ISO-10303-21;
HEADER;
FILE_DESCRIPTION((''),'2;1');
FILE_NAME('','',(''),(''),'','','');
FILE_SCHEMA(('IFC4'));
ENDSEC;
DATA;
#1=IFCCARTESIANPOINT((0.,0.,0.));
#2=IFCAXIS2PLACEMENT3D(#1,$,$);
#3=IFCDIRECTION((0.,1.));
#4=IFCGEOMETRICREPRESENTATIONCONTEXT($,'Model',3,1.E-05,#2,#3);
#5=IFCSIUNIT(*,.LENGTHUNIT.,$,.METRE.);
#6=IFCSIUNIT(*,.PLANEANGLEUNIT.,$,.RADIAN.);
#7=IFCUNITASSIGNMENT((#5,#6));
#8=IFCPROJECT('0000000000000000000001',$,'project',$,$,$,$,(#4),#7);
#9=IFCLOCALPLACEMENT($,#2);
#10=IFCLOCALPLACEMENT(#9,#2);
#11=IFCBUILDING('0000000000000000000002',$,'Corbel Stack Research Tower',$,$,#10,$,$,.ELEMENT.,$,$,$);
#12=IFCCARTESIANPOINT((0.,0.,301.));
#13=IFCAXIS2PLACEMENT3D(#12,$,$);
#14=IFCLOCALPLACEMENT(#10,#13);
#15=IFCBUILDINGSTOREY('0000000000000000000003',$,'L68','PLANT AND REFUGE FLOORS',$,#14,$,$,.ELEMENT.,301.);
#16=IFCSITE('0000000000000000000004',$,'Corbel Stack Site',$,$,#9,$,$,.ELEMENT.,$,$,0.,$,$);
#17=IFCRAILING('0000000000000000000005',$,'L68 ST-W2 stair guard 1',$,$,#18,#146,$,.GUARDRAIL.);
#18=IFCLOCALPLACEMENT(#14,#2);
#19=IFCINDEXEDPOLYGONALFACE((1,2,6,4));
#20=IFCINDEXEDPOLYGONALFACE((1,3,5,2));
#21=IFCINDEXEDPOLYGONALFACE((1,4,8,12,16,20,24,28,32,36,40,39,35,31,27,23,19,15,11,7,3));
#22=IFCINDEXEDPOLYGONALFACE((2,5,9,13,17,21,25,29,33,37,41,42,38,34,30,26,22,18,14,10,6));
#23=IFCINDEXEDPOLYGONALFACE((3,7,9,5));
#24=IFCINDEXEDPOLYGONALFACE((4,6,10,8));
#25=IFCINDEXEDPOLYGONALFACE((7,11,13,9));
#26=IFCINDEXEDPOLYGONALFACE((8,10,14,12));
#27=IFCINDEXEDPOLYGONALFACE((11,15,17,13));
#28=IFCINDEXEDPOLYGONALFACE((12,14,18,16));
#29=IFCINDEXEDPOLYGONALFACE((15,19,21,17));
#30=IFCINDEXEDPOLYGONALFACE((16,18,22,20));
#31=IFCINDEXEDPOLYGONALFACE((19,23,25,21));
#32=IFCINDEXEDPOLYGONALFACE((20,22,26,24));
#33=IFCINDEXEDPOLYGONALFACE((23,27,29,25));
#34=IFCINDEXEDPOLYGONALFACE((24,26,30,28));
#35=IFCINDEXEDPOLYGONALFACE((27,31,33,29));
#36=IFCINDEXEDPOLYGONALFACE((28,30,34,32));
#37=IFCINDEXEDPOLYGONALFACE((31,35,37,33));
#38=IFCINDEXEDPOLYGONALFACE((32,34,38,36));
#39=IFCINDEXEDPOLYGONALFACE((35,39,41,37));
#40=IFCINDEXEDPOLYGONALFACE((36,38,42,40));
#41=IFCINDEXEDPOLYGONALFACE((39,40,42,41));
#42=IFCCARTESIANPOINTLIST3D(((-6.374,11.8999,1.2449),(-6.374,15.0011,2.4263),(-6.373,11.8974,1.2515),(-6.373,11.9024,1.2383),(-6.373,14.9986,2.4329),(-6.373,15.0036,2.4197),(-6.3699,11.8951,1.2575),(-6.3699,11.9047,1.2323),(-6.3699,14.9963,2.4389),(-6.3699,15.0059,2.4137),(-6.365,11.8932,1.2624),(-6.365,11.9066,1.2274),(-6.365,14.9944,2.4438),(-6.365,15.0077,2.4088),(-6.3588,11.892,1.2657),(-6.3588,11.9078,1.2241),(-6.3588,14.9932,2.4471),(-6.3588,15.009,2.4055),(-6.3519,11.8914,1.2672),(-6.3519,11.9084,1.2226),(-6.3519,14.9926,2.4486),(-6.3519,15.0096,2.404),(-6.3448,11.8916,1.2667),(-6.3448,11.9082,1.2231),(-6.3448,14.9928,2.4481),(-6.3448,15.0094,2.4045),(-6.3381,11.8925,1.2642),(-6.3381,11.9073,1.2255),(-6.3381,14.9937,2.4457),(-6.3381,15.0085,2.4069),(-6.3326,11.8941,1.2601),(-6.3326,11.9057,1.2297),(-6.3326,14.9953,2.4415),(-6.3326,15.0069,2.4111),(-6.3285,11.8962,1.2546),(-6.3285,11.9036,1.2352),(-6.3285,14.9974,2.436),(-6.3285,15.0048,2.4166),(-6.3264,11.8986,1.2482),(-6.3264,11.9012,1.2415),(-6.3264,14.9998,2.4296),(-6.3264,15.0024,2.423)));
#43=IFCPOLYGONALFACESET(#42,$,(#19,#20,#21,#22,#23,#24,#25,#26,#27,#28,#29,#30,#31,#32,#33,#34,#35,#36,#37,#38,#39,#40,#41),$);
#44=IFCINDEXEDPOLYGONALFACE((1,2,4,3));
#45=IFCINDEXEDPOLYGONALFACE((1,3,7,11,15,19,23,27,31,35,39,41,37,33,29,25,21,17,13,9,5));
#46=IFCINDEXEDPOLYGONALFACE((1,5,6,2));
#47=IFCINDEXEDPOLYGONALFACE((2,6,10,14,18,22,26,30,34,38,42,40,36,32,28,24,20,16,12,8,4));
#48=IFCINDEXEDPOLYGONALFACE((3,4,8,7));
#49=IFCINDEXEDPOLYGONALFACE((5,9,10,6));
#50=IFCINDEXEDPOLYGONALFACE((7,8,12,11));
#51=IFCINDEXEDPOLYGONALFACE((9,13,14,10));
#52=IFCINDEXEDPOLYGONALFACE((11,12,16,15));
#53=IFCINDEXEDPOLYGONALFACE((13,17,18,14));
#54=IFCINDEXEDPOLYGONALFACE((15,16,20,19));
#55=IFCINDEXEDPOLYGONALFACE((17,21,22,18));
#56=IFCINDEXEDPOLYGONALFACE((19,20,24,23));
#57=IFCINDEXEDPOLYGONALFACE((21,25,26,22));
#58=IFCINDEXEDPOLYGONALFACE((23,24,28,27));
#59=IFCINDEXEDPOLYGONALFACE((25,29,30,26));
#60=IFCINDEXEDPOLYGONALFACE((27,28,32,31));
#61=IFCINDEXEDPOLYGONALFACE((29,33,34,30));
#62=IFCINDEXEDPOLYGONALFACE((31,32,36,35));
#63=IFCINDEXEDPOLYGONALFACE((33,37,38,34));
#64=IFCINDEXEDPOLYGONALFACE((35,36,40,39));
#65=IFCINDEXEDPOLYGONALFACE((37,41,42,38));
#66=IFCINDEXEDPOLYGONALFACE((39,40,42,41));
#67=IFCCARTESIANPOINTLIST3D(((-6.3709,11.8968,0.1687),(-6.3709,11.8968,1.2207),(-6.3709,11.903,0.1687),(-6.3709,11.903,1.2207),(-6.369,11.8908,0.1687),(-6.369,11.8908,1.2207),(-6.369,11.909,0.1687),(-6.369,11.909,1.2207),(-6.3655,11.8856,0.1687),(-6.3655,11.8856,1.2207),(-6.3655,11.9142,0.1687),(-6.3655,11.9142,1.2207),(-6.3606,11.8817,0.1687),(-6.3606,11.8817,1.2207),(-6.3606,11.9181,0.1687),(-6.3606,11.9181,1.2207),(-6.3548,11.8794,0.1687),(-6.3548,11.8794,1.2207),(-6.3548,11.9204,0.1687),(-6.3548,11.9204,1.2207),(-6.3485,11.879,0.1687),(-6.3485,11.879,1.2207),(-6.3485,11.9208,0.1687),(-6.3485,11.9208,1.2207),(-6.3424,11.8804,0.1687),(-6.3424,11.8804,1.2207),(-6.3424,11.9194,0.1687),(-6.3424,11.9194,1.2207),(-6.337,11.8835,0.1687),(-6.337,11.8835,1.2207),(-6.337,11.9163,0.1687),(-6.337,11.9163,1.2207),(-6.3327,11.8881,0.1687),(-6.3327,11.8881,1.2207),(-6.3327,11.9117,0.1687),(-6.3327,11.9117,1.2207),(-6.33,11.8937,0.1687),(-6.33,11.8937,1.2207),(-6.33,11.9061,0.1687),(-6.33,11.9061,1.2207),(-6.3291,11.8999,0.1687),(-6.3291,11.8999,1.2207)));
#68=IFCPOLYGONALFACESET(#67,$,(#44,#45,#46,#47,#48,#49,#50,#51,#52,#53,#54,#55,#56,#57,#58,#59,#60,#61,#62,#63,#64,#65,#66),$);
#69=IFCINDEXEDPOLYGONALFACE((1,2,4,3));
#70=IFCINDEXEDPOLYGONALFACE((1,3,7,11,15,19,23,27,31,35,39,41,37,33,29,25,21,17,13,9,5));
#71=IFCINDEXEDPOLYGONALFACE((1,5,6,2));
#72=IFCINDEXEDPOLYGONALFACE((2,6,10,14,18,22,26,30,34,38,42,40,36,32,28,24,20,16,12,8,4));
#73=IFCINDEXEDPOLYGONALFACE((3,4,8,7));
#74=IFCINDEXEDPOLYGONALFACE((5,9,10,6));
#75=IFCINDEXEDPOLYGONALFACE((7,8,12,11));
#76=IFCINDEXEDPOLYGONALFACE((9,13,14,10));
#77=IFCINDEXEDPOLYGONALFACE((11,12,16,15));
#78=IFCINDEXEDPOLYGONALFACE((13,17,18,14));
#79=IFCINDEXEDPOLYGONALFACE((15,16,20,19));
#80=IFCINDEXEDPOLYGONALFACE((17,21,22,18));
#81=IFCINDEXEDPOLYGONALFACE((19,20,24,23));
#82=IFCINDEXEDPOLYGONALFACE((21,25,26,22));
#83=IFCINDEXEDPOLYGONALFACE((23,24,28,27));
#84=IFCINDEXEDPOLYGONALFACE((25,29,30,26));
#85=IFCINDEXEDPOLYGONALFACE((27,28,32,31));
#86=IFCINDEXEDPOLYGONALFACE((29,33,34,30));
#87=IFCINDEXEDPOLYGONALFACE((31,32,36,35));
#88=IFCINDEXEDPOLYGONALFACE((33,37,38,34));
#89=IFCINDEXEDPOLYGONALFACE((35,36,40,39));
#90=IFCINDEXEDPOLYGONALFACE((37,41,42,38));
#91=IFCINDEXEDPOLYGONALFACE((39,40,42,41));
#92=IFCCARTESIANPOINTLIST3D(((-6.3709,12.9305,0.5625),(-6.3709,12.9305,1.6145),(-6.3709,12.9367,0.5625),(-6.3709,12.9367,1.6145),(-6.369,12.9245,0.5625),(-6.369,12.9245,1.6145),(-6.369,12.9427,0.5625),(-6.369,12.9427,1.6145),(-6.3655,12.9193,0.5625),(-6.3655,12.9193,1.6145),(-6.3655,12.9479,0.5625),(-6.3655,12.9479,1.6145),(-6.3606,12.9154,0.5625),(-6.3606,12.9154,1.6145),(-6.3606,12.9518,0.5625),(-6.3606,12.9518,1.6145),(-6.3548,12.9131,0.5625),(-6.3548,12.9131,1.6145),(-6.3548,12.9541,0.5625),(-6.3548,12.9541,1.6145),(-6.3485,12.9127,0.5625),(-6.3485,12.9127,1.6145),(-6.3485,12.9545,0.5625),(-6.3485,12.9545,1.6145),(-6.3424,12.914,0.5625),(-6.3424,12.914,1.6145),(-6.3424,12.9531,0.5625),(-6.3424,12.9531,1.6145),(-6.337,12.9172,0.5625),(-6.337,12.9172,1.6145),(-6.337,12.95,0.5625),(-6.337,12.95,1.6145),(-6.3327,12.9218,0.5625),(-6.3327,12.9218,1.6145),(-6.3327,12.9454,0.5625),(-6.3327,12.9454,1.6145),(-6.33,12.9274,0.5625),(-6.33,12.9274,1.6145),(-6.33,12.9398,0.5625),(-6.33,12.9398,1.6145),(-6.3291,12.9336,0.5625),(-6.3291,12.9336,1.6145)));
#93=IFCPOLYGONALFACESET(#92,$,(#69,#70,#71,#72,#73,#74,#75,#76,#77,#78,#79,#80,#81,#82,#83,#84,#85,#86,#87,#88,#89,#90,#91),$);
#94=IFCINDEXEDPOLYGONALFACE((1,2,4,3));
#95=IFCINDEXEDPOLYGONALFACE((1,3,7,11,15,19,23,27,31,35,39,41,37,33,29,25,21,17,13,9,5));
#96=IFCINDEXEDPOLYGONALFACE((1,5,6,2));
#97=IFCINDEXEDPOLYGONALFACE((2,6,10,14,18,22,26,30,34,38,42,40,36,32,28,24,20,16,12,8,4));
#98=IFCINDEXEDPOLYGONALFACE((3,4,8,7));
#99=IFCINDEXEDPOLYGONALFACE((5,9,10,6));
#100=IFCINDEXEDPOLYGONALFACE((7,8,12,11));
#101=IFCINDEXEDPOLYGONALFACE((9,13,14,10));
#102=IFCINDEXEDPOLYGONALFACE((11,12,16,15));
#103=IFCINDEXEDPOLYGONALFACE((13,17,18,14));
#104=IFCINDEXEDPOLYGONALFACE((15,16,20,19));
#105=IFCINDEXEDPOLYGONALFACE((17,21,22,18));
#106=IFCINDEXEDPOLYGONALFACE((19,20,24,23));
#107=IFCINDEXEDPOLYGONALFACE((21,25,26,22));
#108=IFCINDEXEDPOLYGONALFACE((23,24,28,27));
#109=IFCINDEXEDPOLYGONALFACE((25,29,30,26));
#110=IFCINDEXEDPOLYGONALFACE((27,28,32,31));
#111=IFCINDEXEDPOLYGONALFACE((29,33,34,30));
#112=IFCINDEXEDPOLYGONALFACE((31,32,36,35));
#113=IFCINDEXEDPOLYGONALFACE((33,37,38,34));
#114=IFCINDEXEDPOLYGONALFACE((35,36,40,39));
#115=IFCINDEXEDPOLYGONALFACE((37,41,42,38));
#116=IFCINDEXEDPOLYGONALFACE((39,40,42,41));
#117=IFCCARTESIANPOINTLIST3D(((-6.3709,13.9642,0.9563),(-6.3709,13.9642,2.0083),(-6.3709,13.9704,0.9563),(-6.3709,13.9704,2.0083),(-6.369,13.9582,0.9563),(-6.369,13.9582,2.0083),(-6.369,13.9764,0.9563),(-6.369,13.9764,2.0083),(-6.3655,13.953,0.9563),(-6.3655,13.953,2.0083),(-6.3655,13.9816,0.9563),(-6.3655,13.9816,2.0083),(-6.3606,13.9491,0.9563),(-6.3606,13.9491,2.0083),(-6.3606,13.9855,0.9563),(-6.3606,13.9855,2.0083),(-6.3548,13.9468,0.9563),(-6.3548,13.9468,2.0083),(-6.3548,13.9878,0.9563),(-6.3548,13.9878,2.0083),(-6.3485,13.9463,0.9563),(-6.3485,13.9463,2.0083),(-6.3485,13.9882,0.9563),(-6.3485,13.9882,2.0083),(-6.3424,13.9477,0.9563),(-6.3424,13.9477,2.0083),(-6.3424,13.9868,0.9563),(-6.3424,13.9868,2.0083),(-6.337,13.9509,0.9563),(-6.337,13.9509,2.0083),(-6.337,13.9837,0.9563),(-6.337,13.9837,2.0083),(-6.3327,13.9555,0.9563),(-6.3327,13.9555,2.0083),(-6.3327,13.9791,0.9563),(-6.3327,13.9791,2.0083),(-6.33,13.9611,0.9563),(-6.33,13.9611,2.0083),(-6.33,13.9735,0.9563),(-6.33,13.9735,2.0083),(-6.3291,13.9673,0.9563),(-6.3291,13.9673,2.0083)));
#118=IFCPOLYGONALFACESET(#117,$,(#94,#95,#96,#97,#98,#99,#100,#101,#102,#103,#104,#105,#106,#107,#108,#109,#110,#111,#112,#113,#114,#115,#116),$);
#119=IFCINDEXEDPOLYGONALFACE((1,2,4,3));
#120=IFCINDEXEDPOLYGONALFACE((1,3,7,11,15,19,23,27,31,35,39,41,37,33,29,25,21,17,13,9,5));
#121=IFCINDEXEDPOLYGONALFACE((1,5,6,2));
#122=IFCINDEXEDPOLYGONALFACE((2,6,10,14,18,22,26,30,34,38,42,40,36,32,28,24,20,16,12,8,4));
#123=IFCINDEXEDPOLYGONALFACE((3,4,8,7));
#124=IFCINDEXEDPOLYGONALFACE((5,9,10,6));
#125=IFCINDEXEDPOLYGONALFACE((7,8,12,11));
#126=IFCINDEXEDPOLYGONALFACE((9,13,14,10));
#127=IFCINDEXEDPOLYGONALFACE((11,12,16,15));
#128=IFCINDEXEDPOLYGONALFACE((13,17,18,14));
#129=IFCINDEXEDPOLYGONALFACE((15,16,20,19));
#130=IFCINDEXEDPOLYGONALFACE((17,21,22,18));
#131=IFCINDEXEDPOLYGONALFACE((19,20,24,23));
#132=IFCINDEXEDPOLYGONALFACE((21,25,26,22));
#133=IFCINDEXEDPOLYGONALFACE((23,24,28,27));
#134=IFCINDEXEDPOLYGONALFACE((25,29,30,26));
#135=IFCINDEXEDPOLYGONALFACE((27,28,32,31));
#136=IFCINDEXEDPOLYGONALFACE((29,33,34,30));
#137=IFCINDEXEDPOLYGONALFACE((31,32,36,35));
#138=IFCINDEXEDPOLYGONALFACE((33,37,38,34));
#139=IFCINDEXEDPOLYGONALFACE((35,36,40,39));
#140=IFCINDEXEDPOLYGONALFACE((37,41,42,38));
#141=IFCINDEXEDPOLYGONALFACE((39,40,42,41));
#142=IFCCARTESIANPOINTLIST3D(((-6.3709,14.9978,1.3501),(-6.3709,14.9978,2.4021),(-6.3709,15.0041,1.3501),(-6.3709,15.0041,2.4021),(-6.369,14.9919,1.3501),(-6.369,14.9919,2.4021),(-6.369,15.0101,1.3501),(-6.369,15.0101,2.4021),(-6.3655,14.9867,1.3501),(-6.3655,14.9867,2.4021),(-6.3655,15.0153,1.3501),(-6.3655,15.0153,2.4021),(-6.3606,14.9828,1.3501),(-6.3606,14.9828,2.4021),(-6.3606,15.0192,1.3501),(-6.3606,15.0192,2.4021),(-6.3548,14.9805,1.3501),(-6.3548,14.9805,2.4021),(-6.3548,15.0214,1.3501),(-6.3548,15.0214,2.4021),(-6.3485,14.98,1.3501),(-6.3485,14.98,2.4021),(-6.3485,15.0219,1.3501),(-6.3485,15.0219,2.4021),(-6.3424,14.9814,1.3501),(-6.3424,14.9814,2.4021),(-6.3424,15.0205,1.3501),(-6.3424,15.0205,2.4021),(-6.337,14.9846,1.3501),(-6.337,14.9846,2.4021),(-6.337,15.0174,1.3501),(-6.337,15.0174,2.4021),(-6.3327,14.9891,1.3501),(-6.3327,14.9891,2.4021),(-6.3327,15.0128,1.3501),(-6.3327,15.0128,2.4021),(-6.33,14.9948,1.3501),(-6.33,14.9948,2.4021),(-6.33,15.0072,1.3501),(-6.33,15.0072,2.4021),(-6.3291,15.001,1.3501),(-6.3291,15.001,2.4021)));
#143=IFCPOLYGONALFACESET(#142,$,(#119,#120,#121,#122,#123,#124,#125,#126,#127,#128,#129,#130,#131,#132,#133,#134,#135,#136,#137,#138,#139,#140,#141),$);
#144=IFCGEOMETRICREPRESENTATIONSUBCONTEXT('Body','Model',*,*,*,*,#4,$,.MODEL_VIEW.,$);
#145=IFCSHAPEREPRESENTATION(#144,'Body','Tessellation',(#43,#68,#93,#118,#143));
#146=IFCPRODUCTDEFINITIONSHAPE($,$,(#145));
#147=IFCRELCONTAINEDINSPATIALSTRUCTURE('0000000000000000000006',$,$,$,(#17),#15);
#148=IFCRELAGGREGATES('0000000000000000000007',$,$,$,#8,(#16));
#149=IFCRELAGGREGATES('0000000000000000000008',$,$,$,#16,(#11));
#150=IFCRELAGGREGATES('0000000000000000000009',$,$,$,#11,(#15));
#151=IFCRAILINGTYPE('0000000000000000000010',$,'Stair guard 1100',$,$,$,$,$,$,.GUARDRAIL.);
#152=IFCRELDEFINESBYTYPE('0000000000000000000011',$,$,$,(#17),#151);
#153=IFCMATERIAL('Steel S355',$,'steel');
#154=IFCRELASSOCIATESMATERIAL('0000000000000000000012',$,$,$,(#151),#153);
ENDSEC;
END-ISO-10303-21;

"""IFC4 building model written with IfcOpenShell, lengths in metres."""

from ifc_helpers import new_model, si_unit, direction, frame, origin, origin_2d, place, context, subcontext, project, spatial, circle, extrude, material, type_object, element, save


model = new_model("IFC4")

# Units and contexts
model_context = context("Model", 3, precision=1e-05, world=origin(), true_north=direction((0.0, 1.0)))
body_context = subcontext(model_context, "Body", "Model", "MODEL_VIEW")
ifc_project = project(units=[si_unit("LENGTHUNIT", "METRE"), si_unit("PLANEANGLEUNIT", "RADIAN")], contexts=[model_context])

# Site, building, storey
site_placement = place(None, origin())
site = spatial("IfcSite", under=ifc_project, at=site_placement, Name="Corbel Stack Site", CompositionType="ELEMENT", RefElevation=0.0)
building_placement = place(site_placement, origin())
building = spatial("IfcBuilding", under=site, at=building_placement, Name="Corbel Stack Research Tower", CompositionType="ELEMENT")
storey_placement = place(building_placement, frame((0.0, 0.0, 301.0)))
storey = spatial("IfcBuildingStorey", under=building, at=storey_placement, Name="L68", Description="PLANT AND REFUGE FLOORS", CompositionType="ELEMENT", Elevation=301.0)

# Railing
ifc_material_1 = material(Name="Steel S355", Category="steel")
railing_type_1 = type_object("IfcRailingType", Name="Stair guard 1100", PredefinedType="GUARDRAIL", material=ifc_material_1)
railing_1_placement = place(storey_placement, frame((-6.3501, 11.8999, 0.1687)))
element("IfcRailing", 1, at=railing_1_placement, inside=storey, type_object=railing_type_1, Name="L68 ST-W2 stair guard 1", PredefinedType="GUARDRAIL", context=body_context, shape_type="SweptSolid", body=[
    extrude(circle(Radius=0.0239, at=origin_2d()), frame((0.0, 0.0, 1.0762), z_axis=(0.0, 0.934484, 0.356005), x_axis=(-1.0, 0.0, 0.0)), (0.0, 0.0, 1.0), 3.3186),
    extrude(circle(Radius=0.021, at=origin_2d()), origin(), (0.0, 0.0, 1.0), 1.052),
    extrude(circle(Radius=0.021, at=origin_2d()), frame((0.0, 1.0337, 0.3938)), (0.0, 0.0, 1.0), 1.052),
    extrude(circle(Radius=0.021, at=origin_2d()), frame((0.0, 2.0674, 0.7876)), (0.0, 0.0, 1.0), 1.052),
    extrude(circle(Radius=0.021, at=origin_2d()), frame((0.0, 3.1011, 1.1814)), (0.0, 0.0, 1.0), 1.052),
])

save(model, "model.ifc")
